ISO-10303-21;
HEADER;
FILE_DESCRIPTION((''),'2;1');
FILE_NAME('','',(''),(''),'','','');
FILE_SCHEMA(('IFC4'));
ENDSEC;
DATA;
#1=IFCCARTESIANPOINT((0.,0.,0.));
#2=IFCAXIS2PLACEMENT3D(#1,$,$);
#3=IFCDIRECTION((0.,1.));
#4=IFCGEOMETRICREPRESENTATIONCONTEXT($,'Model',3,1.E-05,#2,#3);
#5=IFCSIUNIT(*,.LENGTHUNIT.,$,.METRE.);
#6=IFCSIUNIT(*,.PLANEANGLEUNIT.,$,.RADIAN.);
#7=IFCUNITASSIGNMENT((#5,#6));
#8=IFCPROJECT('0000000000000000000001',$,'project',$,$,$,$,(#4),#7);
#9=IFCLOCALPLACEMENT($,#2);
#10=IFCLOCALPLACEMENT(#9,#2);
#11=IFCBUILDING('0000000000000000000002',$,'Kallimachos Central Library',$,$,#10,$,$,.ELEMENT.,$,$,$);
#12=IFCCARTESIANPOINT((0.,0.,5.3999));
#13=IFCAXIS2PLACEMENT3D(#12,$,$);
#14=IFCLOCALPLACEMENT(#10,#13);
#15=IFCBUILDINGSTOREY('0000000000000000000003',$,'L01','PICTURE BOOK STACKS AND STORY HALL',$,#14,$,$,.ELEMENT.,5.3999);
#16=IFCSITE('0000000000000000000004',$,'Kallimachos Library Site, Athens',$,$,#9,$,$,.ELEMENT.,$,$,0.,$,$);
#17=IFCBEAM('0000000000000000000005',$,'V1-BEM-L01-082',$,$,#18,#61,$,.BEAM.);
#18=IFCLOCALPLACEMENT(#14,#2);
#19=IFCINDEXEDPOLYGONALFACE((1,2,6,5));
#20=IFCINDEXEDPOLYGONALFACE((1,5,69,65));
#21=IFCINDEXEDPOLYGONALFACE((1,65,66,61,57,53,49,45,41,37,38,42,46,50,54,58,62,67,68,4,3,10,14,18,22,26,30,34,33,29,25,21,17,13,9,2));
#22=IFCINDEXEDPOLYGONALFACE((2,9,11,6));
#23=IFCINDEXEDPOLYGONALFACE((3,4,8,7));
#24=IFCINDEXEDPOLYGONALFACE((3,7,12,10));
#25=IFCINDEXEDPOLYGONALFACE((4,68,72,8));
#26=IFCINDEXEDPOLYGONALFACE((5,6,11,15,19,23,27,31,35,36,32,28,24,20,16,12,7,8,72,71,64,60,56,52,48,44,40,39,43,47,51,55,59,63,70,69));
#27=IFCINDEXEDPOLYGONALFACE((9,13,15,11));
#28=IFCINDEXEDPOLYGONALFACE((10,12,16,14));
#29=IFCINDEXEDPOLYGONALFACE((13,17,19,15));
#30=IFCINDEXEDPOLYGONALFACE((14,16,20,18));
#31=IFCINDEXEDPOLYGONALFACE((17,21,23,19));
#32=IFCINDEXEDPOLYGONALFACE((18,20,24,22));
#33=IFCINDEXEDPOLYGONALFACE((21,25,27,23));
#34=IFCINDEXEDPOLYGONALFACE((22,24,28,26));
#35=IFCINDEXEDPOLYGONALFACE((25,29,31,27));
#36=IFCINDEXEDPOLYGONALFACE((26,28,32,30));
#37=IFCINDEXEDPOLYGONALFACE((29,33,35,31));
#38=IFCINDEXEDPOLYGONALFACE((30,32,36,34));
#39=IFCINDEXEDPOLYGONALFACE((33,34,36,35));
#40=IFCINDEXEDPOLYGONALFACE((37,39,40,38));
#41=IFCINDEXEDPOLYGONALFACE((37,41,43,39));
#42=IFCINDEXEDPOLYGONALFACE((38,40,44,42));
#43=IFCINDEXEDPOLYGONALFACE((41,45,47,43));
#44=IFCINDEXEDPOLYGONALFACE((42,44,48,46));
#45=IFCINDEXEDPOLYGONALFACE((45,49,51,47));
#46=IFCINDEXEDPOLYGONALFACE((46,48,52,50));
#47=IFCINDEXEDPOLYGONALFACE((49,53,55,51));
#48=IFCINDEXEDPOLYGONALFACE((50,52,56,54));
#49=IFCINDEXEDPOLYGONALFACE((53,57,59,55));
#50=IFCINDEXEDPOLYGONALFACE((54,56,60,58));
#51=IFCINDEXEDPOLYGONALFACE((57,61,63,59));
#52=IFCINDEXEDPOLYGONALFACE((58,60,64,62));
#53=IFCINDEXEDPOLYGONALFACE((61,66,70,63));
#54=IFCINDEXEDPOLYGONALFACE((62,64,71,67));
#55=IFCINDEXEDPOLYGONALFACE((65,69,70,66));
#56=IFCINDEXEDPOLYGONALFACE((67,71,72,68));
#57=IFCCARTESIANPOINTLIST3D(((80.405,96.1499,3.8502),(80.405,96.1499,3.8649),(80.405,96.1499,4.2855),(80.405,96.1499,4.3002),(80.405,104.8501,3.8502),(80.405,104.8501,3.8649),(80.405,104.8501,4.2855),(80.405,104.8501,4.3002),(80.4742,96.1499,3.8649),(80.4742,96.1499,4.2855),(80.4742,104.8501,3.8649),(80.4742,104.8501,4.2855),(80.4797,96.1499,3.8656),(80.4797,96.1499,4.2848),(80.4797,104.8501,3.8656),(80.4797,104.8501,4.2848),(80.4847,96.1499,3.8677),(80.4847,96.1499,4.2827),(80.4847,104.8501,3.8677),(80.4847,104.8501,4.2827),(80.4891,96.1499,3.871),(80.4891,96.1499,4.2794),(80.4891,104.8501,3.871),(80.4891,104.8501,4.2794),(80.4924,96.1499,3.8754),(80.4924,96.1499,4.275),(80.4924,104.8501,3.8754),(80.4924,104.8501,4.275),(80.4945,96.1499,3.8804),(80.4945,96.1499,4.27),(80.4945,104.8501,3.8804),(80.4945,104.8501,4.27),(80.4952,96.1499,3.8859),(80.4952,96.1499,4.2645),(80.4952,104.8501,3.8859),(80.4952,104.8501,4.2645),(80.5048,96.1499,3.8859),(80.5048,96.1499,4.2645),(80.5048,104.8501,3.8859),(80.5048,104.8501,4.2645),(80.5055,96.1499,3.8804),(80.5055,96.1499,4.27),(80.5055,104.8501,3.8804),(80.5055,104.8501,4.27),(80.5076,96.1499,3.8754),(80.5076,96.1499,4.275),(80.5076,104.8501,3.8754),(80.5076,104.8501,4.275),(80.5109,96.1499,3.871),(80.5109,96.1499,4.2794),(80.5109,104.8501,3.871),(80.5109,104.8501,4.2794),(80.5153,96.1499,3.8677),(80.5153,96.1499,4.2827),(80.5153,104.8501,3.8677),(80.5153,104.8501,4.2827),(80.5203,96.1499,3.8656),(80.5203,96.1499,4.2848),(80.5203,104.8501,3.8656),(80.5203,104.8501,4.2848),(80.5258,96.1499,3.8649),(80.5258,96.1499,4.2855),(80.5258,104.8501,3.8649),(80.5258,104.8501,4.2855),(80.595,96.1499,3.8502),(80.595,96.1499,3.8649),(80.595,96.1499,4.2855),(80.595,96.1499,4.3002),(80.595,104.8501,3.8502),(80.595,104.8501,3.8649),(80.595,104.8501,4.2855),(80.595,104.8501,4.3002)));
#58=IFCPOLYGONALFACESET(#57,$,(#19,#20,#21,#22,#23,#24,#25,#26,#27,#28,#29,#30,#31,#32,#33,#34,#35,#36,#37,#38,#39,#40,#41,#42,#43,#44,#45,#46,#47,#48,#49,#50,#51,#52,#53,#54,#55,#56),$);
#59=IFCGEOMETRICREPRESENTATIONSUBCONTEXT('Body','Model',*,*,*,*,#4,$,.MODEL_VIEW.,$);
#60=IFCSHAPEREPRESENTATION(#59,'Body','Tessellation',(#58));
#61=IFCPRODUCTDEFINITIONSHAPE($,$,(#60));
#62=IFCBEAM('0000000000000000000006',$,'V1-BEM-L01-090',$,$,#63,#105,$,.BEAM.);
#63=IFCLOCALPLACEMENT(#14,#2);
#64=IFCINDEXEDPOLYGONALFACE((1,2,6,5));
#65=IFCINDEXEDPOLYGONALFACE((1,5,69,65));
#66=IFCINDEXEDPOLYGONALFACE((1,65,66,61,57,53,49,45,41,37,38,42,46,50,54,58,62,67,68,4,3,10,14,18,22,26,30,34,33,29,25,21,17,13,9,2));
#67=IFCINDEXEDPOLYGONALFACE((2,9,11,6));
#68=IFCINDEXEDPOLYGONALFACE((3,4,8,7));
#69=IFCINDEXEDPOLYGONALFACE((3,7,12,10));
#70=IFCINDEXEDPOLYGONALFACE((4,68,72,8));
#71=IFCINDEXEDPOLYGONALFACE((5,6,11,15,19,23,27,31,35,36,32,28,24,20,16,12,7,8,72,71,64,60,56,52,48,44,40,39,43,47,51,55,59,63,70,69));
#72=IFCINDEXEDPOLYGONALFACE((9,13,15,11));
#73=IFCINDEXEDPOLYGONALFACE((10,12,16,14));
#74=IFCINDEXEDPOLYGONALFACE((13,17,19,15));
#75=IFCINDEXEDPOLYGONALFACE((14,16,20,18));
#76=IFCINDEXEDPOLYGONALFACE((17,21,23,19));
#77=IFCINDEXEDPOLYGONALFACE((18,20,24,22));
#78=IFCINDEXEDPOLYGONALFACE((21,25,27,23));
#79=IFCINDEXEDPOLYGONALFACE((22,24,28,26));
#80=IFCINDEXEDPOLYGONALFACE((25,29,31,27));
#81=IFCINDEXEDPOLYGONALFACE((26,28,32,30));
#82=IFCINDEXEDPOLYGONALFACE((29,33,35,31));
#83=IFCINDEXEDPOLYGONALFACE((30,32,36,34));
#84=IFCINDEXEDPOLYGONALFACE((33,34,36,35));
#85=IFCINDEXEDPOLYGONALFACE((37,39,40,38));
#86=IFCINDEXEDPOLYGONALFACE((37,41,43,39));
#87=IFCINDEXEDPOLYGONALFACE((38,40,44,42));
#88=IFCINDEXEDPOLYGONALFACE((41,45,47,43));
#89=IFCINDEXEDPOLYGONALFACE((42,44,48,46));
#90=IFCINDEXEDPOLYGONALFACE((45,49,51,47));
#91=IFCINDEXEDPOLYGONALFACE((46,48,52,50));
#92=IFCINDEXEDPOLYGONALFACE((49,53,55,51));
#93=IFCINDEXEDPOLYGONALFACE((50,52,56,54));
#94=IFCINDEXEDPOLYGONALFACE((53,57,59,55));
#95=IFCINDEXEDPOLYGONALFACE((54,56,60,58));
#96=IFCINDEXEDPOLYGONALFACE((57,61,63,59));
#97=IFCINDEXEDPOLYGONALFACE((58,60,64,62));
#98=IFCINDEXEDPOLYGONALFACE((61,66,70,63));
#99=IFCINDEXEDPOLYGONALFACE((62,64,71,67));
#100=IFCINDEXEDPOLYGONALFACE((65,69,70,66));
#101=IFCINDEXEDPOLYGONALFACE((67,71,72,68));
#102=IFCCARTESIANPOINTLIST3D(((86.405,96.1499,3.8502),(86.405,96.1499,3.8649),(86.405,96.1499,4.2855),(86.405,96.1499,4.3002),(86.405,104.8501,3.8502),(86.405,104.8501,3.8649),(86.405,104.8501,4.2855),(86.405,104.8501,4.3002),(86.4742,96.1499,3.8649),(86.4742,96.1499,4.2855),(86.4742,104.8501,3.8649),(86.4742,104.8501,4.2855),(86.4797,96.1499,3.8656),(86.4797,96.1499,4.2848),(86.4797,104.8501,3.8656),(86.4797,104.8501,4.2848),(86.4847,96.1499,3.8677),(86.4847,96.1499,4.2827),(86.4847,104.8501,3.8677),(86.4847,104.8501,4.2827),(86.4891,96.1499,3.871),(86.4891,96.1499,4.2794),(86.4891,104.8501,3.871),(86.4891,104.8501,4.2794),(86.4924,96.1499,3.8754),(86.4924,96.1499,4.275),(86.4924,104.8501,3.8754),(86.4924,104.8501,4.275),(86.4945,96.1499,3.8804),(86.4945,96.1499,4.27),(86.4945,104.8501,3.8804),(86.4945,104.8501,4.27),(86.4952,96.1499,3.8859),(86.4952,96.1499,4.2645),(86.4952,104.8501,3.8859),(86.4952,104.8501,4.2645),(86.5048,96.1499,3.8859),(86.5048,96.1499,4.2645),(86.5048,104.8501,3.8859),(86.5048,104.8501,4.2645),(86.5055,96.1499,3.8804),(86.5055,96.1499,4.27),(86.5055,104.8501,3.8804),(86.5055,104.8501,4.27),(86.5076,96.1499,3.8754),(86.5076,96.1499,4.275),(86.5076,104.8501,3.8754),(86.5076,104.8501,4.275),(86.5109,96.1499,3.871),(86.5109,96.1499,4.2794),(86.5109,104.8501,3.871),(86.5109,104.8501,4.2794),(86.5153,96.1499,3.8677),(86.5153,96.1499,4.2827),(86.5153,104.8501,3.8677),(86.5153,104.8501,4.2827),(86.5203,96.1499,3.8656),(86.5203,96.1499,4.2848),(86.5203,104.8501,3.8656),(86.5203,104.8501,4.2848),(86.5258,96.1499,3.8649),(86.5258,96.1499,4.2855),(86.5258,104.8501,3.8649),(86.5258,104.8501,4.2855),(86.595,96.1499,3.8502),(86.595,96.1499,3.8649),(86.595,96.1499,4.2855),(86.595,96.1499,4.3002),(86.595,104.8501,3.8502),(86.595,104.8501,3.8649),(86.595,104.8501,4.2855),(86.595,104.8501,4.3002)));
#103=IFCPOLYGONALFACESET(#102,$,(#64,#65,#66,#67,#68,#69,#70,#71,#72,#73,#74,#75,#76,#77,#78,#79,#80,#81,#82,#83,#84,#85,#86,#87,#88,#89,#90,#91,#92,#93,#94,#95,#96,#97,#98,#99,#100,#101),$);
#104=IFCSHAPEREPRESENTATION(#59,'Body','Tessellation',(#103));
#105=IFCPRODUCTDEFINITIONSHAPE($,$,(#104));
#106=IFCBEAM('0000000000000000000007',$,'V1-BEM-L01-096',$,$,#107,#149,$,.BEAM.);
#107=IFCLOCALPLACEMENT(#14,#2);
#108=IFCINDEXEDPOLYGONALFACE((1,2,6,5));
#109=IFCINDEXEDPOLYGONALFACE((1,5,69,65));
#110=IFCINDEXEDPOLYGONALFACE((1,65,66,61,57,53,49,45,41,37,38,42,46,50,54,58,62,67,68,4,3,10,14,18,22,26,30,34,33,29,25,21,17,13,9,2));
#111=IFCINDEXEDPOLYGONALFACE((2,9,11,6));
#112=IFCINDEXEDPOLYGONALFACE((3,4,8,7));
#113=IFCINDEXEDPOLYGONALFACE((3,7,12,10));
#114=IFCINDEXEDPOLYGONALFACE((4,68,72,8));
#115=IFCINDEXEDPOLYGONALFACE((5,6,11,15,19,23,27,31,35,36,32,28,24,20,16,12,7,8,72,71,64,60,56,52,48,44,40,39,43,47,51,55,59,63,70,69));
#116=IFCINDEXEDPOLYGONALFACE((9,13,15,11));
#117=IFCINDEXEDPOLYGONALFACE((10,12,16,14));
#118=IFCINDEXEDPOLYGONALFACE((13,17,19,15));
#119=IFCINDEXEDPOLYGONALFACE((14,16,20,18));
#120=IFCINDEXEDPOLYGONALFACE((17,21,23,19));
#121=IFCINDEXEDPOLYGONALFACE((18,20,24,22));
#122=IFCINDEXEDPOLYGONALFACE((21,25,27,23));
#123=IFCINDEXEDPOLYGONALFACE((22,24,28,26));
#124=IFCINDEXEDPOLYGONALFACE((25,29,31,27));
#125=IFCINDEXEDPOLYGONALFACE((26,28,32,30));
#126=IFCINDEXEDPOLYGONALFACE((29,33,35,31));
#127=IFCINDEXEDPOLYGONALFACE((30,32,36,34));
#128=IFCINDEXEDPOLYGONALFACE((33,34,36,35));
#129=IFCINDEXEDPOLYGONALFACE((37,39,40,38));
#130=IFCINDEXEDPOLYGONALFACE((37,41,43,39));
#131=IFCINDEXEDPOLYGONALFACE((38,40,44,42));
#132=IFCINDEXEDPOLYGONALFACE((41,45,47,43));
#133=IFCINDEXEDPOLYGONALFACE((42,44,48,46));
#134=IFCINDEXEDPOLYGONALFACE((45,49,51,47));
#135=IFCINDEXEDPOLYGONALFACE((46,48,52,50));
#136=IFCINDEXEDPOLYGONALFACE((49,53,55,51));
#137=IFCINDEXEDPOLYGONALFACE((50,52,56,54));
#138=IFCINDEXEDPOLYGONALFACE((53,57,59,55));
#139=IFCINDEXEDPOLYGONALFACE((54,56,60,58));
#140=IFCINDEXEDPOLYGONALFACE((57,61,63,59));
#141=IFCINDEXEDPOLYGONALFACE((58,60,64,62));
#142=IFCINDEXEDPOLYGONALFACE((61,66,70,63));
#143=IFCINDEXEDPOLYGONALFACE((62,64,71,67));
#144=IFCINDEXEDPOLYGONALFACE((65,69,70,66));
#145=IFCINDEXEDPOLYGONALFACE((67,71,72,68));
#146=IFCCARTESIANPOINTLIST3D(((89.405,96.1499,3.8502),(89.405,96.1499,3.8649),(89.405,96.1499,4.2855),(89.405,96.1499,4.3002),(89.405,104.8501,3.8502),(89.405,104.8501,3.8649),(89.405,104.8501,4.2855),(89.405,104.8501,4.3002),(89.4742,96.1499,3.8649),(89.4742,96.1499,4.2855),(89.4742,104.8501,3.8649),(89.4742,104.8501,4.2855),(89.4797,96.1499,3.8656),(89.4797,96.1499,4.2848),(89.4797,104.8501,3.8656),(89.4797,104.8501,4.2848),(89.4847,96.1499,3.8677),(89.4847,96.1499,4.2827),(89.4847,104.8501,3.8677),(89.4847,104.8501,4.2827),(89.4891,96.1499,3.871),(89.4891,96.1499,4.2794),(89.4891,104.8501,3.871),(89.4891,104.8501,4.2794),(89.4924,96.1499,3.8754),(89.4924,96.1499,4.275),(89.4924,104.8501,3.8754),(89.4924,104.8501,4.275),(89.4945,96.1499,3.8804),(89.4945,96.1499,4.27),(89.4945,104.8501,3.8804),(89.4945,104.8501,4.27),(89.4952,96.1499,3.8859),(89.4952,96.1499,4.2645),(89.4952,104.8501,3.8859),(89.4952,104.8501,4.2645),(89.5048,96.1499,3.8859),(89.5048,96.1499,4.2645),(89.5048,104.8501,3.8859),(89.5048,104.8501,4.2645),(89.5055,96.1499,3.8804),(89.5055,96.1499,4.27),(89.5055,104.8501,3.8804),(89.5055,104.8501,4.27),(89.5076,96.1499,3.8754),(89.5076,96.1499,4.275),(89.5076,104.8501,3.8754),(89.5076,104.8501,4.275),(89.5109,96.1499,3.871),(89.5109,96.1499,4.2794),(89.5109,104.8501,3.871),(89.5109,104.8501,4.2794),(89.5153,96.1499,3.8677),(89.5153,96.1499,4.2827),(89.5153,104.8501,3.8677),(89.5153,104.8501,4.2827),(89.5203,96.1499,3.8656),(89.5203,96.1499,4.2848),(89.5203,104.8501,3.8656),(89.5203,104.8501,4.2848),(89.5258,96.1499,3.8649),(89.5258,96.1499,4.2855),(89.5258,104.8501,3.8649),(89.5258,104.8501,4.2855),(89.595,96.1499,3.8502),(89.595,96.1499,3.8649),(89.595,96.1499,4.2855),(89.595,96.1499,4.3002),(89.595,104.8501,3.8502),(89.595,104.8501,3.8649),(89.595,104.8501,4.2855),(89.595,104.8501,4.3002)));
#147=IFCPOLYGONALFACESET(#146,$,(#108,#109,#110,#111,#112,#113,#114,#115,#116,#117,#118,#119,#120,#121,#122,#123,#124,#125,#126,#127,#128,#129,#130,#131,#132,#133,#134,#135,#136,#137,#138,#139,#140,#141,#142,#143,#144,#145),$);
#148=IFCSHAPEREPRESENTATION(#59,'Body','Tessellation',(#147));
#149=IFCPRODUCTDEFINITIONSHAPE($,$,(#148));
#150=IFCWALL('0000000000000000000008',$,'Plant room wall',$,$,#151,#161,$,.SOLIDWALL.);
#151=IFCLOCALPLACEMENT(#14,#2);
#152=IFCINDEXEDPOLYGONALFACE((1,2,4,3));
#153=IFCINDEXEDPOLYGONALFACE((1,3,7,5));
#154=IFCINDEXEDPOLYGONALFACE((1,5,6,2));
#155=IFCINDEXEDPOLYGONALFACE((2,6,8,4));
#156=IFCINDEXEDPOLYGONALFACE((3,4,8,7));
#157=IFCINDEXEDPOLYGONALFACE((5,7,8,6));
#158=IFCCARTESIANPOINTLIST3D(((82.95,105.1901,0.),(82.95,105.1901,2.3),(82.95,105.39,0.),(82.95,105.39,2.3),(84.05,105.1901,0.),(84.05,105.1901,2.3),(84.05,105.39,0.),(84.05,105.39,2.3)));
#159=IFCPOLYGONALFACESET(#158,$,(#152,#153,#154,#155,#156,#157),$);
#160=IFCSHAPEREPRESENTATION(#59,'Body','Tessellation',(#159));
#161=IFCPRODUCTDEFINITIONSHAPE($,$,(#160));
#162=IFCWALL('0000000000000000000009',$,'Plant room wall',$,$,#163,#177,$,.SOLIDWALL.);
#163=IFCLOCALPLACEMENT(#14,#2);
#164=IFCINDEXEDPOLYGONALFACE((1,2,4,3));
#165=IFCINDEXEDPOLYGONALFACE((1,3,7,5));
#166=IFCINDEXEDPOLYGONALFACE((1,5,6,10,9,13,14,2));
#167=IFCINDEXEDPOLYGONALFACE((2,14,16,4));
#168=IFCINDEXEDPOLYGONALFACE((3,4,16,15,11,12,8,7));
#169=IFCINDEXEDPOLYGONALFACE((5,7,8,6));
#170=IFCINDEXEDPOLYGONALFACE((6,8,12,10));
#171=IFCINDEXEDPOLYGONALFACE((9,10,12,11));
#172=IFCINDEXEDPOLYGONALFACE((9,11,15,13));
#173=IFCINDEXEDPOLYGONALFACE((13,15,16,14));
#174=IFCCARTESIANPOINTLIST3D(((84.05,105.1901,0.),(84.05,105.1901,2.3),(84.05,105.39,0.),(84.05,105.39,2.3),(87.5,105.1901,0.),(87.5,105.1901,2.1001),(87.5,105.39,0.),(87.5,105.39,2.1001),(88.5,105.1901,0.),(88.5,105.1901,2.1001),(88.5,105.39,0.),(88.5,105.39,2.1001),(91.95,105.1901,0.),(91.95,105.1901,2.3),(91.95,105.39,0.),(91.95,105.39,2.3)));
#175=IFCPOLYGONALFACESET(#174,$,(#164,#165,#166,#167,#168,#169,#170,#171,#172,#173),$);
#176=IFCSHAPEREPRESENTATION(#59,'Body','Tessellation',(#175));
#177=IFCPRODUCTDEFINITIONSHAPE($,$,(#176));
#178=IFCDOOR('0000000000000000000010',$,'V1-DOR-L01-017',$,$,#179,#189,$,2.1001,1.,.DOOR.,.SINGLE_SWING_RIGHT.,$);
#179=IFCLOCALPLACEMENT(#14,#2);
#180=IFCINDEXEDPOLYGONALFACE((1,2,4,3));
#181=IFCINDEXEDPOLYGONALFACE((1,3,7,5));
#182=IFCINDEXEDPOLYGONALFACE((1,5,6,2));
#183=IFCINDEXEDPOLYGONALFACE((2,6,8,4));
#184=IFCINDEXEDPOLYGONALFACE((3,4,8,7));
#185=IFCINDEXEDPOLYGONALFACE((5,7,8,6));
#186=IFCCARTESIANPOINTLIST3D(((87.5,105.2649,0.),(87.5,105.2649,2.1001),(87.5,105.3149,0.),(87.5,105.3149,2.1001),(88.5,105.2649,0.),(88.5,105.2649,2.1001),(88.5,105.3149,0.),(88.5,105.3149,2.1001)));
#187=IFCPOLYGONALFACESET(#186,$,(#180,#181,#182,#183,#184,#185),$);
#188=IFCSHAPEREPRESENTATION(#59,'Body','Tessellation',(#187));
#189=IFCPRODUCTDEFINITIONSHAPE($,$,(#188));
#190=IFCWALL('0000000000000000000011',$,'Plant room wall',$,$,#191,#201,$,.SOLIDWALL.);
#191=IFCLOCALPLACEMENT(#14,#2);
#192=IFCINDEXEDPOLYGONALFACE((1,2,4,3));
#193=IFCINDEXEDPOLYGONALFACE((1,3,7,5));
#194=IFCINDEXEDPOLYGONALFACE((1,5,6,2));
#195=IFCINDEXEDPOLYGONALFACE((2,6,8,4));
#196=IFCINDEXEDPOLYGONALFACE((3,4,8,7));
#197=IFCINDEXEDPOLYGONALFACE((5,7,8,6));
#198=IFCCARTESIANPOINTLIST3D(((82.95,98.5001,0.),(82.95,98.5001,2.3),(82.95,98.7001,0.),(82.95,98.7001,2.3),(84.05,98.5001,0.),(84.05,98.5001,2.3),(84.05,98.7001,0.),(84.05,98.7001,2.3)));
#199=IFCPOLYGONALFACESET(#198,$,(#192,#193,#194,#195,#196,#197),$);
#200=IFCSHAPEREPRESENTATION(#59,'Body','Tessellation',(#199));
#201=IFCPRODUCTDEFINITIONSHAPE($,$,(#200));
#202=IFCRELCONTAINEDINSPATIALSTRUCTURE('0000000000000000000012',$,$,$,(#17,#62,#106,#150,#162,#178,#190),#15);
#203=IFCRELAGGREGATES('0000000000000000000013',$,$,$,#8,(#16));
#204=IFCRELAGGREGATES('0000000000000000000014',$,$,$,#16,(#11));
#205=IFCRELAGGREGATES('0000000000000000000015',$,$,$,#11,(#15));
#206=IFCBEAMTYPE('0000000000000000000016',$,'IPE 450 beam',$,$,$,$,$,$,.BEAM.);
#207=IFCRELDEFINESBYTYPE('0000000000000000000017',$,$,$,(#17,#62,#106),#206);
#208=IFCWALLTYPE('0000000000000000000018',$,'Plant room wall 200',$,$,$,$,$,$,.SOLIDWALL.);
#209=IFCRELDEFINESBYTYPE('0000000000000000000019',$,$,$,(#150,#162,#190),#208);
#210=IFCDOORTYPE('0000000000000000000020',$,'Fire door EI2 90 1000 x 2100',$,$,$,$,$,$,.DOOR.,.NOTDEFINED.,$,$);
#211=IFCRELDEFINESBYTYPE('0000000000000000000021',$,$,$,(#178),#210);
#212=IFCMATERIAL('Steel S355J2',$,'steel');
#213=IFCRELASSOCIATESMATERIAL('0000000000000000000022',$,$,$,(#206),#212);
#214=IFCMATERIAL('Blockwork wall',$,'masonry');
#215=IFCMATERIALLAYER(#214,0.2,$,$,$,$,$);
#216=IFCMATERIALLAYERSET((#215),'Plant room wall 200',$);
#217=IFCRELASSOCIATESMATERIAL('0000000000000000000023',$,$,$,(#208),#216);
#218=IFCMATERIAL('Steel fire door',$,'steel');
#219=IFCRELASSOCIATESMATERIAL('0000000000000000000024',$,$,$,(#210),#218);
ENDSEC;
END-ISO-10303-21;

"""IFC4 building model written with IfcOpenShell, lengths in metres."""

from ifc_helpers import new_model, si_unit, direction, frame, frame_2d, origin, origin_2d, place, context, subcontext, project, spatial, rectangle, i_section, extrude, material, layer, layer_set, material_profile, profile_set, type_object, element, fill, save


model = new_model("IFC4")

# Units and contexts
model_context = context("Model", 3, precision=1e-05, world=origin(), true_north=direction((0.0, 1.0)))
body_context = subcontext(model_context, "Body", "Model", "MODEL_VIEW")
ifc_project = project(units=[si_unit("LENGTHUNIT", "METRE"), si_unit("PLANEANGLEUNIT", "RADIAN")], contexts=[model_context])

# Site, building, storey
site_placement = place(None, origin())
site = spatial("IfcSite", under=ifc_project, at=site_placement, Name="Kallimachos Library Site, Athens", CompositionType="ELEMENT", RefElevation=0.0)
building_placement = place(site_placement, origin())
building = spatial("IfcBuilding", under=site, at=building_placement, Name="Kallimachos Central Library", CompositionType="ELEMENT")
storey_placement = place(building_placement, frame((0.0, 0.0, 5.3999)))
storey = spatial("IfcBuildingStorey", under=building, at=storey_placement, Name="L01", Description="PICTURE BOOK STACKS AND STORY HALL", CompositionType="ELEMENT", Elevation=5.3999)

# Beams
ifc_material_1 = material(Name="Steel S355J2", Category="steel")
ifc_material_profile_1 = material_profile(ifc_material_1, i_section(OverallWidth=0.1899, OverallDepth=0.45, WebThickness=0.0095, FlangeThickness=0.0146, FilletRadius=0.021, at=origin_2d()), Name="IPE 450")
ifc_profile_set_1 = profile_set([ifc_material_profile_1], Name="Steel S355J2")
beam_type_1 = type_object("IfcBeamType", Name="IPE 450 beam", PredefinedType="BEAM", material=ifc_profile_set_1)
for number, where, z_axis, x_axis, name in (
    (1, (80.5, 96.1499, 4.0752), (0.0, 1.0, 0.0), (-1.0, 0.0, 0.0), "V1-BEM-L01-082"),
    (2, (86.5, 96.1499, 4.0752), (0.0, 1.0, 0.0), (-1.0, 0.0, 0.0), "V1-BEM-L01-090"),
    (3, (89.5, 96.1499, 4.0752), (0.0, 1.0, 0.0), (-1.0, 0.0, 0.0), "V1-BEM-L01-096"),
):
    element("IfcBeam", number, at=place(storey_placement, frame(where, z_axis=z_axis, x_axis=x_axis)), inside=storey, type_object=beam_type_1, Name=name, PredefinedType="BEAM", context=body_context, shape_type="SweptSolid", body=[
        extrude(i_section(OverallWidth=0.1899, OverallDepth=0.45, WebThickness=0.0095, FlangeThickness=0.0146, FilletRadius=0.021, at=origin_2d()), origin(), (0.0, 0.0, 1.0), 8.7002),
    ])

# Wall
ifc_material_2 = material(Name="Blockwork wall", Category="masonry")
ifc_layer = layer(ifc_material_2, 0.2)
ifc_layer_set = layer_set([ifc_layer], Name="Plant room wall 200")
wall_type = type_object("IfcWallType", Name="Plant room wall 200", PredefinedType="SOLIDWALL", material=ifc_layer_set)
wall_1_placement = place(storey_placement, frame((82.95, 105.29, 0.0), z_axis=(0.0, 0.0, 1.0), x_axis=(1.0, 0.0, 0.0)))
element("IfcWall", 4, at=wall_1_placement, inside=storey, type_object=wall_type, Name="Plant room wall", PredefinedType="SOLIDWALL", context=body_context, shape_type="SweptSolid", body=[
    extrude(rectangle(XDim=1.1001, YDim=0.2, at=frame_2d((0.55, 0.0))), origin(), (0.0, 0.0, 1.0), 2.3),
])

# Wall, opening, door
wall_2_placement = place(storey_placement, frame((84.05, 105.29, 0.0), z_axis=(0.0, 0.0, 1.0), x_axis=(1.0, 0.0, 0.0)))
wall_2 = element("IfcWall", 5, at=wall_2_placement, inside=storey, type_object=wall_type, Name="Plant room wall", PredefinedType="SOLIDWALL", context=body_context, shape_type="SweptSolid", body=[
    extrude(rectangle(XDim=7.8999, YDim=0.2, at=frame_2d((3.95, 0.0))), origin(), (0.0, 0.0, 1.0), 2.3),
])
opening_1_placement = place(wall_2_placement, frame((3.45, 0.0, 0.0)))
opening_1 = element("IfcOpeningElement", 6, at=opening_1_placement, cuts=wall_2, PredefinedType="OPENING", context=body_context, shape_type="SweptSolid", body=[
    extrude(rectangle(XDim=1.0, YDim=2.1001, at=frame_2d((0.5, 1.05))), frame((0.0, 0.1099, 0.0), z_axis=(0.0, -1.0, 0.0), x_axis=(1.0, 0.0, 0.0)), (0.0, 0.0, 1.0), 0.22),
])
ifc_material_3 = material(Name="Steel fire door", Category="steel")
door_type = type_object("IfcDoorType", Name="Fire door EI2 90 1000 x 2100", OperationType="NOTDEFINED", PredefinedType="DOOR", material=ifc_material_3)
door_1_placement = place(opening_1_placement, origin())
door_1 = element("IfcDoor", 7, at=door_1_placement, inside=storey, type_object=door_type, Name="V1-DOR-L01-017", OperationType="SINGLE_SWING_RIGHT", OverallHeight=2.1001, OverallWidth=1.0, PredefinedType="DOOR", context=body_context, shape_type="SweptSolid", body=[
    extrude(rectangle(XDim=1.0, YDim=2.1001, at=frame_2d((0.5, 1.05))), frame((0.0, 0.0249, 0.0), z_axis=(0.0, -1.0, 0.0), x_axis=(1.0, 0.0, 0.0)), (0.0, 0.0, 1.0), 0.05),
])
fill(opening_1, door_1)

# Wall
wall_3_placement = place(storey_placement, frame((84.05, 98.6001, 0.0), z_axis=(0.0, 0.0, 1.0), x_axis=(-1.0, 0.0, 0.0)))
element("IfcWall", 8, at=wall_3_placement, inside=storey, type_object=wall_type, Name="Plant room wall", PredefinedType="SOLIDWALL", context=body_context, shape_type="SweptSolid", body=[
    extrude(rectangle(XDim=1.1001, YDim=0.2, at=frame_2d((0.55, 0.0))), origin(), (0.0, 0.0, 1.0), 2.3),
])

save(model, "model.ifc")
